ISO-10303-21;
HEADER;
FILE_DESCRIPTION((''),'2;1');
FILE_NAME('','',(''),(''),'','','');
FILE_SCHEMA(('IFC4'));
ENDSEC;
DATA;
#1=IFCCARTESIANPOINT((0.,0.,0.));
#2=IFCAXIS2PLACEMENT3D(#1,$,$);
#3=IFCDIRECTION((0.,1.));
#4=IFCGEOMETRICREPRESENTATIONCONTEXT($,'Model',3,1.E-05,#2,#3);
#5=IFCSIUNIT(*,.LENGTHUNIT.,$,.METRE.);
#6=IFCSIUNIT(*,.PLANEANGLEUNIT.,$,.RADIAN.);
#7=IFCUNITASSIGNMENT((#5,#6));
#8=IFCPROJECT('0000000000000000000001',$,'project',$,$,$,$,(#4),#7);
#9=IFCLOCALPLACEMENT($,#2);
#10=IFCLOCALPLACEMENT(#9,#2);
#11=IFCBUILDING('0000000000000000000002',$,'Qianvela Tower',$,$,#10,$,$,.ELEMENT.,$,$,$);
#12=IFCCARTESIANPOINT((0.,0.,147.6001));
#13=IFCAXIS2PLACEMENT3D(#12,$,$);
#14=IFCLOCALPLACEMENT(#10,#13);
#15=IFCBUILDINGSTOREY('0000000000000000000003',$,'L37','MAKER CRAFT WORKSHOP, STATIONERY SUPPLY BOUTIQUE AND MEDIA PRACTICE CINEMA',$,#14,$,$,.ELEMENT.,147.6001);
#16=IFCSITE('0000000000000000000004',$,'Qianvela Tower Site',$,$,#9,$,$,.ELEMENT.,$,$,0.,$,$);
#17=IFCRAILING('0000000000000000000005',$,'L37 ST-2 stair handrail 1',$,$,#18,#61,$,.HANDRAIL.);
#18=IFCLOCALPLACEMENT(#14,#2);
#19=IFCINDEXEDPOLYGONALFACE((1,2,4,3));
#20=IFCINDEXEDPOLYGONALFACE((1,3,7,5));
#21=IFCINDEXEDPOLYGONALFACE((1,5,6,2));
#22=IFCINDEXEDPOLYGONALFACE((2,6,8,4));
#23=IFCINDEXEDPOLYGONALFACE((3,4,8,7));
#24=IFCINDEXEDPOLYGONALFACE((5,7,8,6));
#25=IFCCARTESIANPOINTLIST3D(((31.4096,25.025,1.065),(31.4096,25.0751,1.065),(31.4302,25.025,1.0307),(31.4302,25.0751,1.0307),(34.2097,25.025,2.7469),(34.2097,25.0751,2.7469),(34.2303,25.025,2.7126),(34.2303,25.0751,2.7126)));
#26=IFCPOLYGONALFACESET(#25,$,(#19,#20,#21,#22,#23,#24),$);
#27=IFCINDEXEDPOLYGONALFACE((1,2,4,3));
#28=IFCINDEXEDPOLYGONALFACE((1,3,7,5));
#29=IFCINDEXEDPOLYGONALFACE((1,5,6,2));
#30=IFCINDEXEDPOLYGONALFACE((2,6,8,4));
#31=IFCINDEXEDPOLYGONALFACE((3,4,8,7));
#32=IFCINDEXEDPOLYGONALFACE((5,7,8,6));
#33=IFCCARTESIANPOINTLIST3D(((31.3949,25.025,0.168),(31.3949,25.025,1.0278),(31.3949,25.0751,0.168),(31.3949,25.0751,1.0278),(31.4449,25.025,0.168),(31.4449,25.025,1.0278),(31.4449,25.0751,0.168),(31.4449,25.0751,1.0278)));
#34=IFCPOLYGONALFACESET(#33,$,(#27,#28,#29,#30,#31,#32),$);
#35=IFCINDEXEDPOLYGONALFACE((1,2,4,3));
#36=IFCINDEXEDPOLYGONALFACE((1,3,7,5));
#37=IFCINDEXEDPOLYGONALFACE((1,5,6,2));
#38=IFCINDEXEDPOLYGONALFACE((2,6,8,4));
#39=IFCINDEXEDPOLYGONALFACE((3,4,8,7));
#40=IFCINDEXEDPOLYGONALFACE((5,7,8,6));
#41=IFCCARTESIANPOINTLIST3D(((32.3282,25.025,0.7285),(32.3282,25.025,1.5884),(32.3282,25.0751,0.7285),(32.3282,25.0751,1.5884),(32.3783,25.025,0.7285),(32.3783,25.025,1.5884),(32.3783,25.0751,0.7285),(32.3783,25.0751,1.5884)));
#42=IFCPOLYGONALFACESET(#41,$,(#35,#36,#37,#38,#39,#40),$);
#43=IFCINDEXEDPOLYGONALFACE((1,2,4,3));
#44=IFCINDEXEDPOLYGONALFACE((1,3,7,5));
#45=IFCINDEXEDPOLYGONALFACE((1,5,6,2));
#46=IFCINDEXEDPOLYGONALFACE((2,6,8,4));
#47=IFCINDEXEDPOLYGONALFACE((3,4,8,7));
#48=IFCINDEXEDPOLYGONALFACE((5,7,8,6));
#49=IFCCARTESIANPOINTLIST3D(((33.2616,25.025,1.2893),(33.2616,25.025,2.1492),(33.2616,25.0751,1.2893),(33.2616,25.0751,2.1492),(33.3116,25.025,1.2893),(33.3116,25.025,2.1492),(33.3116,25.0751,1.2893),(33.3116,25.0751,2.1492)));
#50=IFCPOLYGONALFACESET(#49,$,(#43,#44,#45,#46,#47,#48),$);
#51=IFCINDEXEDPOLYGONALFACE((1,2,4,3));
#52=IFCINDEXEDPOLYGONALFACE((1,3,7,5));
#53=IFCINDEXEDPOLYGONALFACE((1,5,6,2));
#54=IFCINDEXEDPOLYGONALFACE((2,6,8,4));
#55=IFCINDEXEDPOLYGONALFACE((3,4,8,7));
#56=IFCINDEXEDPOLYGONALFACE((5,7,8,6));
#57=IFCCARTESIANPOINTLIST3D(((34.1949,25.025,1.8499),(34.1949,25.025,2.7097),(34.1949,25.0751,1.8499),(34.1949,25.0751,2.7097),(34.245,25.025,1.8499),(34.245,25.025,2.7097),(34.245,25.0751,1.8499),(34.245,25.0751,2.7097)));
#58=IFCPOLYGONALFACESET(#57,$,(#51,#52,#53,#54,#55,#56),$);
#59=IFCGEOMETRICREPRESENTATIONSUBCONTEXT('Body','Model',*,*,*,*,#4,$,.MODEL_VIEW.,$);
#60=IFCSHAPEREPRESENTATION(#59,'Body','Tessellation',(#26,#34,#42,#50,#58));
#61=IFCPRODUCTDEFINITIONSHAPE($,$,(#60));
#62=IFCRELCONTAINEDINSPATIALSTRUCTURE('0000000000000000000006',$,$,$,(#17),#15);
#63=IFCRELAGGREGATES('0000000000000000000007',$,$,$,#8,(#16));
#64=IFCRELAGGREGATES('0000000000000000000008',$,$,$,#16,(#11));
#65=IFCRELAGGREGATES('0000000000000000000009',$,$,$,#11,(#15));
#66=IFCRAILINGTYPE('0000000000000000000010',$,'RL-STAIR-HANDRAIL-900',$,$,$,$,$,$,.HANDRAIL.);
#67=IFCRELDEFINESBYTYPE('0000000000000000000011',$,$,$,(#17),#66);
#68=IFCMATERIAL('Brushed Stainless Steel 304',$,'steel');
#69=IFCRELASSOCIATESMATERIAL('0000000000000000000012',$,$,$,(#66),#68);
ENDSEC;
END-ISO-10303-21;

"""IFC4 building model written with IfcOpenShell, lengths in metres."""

from ifc_helpers import new_model, si_unit, direction, frame, origin, origin_2d, place, context, subcontext, project, spatial, rectangle, extrude, material, type_object, element, save


model = new_model("IFC4")

# Units and contexts
model_context = context("Model", 3, precision=1e-05, world=origin(), true_north=direction((0.0, 1.0)))
body_context = subcontext(model_context, "Body", "Model", "MODEL_VIEW")
ifc_project = project(units=[si_unit("LENGTHUNIT", "METRE"), si_unit("PLANEANGLEUNIT", "RADIAN")], contexts=[model_context])

# Site, building, storey
site_placement = place(None, origin())
site = spatial("IfcSite", under=ifc_project, at=site_placement, Name="Qianvela Tower Site", CompositionType="ELEMENT", RefElevation=0.0)
building_placement = place(site_placement, origin())
building = spatial("IfcBuilding", under=site, at=building_placement, Name="Qianvela Tower", CompositionType="ELEMENT")
storey_placement = place(building_placement, frame((0.0, 0.0, 147.6001)))
storey = spatial("IfcBuildingStorey", under=building, at=storey_placement, Name="L37", Description="MAKER CRAFT WORKSHOP, STATIONERY SUPPLY BOUTIQUE AND MEDIA PRACTICE CINEMA", CompositionType="ELEMENT", Elevation=147.6001)

# Railing
ifc_material_1 = material(Name="Brushed Stainless Steel 304", Category="steel")
railing_type_1 = type_object("IfcRailingType", Name="RL-STAIR-HANDRAIL-900", PredefinedType="HANDRAIL", material=ifc_material_1)
railing_1_placement = place(storey_placement, frame((31.4199, 25.05, 0.168)))
element("IfcRailing", 1, at=railing_1_placement, inside=storey, type_object=railing_type_1, Name="L37 ST-2 stair handrail 1", PredefinedType="HANDRAIL", context=body_context, shape_type="SweptSolid", body=[
    extrude(rectangle(XDim=0.05, YDim=0.04, at=origin_2d()), frame((0.0, 0.0, 0.8799), z_axis=(0.857242, 0.0, 0.514913), x_axis=(0.0, 1.0, 0.0)), (0.0, 0.0, 1.0), 3.2664),
    extrude(rectangle(XDim=0.05, YDim=0.05, at=origin_2d()), origin(), (0.0, 0.0, 1.0), 0.8599),
    extrude(rectangle(XDim=0.05, YDim=0.05, at=origin_2d()), frame((0.9333, 0.0, 0.5605)), (0.0, 0.0, 1.0), 0.8599),
    extrude(rectangle(XDim=0.05, YDim=0.05, at=origin_2d()), frame((1.8667, 0.0, 1.1213)), (0.0, 0.0, 1.0), 0.8599),
    extrude(rectangle(XDim=0.05, YDim=0.05, at=origin_2d()), frame((2.8, 0.0, 1.6819)), (0.0, 0.0, 1.0), 0.8599),
])

save(model, "model.ifc")
